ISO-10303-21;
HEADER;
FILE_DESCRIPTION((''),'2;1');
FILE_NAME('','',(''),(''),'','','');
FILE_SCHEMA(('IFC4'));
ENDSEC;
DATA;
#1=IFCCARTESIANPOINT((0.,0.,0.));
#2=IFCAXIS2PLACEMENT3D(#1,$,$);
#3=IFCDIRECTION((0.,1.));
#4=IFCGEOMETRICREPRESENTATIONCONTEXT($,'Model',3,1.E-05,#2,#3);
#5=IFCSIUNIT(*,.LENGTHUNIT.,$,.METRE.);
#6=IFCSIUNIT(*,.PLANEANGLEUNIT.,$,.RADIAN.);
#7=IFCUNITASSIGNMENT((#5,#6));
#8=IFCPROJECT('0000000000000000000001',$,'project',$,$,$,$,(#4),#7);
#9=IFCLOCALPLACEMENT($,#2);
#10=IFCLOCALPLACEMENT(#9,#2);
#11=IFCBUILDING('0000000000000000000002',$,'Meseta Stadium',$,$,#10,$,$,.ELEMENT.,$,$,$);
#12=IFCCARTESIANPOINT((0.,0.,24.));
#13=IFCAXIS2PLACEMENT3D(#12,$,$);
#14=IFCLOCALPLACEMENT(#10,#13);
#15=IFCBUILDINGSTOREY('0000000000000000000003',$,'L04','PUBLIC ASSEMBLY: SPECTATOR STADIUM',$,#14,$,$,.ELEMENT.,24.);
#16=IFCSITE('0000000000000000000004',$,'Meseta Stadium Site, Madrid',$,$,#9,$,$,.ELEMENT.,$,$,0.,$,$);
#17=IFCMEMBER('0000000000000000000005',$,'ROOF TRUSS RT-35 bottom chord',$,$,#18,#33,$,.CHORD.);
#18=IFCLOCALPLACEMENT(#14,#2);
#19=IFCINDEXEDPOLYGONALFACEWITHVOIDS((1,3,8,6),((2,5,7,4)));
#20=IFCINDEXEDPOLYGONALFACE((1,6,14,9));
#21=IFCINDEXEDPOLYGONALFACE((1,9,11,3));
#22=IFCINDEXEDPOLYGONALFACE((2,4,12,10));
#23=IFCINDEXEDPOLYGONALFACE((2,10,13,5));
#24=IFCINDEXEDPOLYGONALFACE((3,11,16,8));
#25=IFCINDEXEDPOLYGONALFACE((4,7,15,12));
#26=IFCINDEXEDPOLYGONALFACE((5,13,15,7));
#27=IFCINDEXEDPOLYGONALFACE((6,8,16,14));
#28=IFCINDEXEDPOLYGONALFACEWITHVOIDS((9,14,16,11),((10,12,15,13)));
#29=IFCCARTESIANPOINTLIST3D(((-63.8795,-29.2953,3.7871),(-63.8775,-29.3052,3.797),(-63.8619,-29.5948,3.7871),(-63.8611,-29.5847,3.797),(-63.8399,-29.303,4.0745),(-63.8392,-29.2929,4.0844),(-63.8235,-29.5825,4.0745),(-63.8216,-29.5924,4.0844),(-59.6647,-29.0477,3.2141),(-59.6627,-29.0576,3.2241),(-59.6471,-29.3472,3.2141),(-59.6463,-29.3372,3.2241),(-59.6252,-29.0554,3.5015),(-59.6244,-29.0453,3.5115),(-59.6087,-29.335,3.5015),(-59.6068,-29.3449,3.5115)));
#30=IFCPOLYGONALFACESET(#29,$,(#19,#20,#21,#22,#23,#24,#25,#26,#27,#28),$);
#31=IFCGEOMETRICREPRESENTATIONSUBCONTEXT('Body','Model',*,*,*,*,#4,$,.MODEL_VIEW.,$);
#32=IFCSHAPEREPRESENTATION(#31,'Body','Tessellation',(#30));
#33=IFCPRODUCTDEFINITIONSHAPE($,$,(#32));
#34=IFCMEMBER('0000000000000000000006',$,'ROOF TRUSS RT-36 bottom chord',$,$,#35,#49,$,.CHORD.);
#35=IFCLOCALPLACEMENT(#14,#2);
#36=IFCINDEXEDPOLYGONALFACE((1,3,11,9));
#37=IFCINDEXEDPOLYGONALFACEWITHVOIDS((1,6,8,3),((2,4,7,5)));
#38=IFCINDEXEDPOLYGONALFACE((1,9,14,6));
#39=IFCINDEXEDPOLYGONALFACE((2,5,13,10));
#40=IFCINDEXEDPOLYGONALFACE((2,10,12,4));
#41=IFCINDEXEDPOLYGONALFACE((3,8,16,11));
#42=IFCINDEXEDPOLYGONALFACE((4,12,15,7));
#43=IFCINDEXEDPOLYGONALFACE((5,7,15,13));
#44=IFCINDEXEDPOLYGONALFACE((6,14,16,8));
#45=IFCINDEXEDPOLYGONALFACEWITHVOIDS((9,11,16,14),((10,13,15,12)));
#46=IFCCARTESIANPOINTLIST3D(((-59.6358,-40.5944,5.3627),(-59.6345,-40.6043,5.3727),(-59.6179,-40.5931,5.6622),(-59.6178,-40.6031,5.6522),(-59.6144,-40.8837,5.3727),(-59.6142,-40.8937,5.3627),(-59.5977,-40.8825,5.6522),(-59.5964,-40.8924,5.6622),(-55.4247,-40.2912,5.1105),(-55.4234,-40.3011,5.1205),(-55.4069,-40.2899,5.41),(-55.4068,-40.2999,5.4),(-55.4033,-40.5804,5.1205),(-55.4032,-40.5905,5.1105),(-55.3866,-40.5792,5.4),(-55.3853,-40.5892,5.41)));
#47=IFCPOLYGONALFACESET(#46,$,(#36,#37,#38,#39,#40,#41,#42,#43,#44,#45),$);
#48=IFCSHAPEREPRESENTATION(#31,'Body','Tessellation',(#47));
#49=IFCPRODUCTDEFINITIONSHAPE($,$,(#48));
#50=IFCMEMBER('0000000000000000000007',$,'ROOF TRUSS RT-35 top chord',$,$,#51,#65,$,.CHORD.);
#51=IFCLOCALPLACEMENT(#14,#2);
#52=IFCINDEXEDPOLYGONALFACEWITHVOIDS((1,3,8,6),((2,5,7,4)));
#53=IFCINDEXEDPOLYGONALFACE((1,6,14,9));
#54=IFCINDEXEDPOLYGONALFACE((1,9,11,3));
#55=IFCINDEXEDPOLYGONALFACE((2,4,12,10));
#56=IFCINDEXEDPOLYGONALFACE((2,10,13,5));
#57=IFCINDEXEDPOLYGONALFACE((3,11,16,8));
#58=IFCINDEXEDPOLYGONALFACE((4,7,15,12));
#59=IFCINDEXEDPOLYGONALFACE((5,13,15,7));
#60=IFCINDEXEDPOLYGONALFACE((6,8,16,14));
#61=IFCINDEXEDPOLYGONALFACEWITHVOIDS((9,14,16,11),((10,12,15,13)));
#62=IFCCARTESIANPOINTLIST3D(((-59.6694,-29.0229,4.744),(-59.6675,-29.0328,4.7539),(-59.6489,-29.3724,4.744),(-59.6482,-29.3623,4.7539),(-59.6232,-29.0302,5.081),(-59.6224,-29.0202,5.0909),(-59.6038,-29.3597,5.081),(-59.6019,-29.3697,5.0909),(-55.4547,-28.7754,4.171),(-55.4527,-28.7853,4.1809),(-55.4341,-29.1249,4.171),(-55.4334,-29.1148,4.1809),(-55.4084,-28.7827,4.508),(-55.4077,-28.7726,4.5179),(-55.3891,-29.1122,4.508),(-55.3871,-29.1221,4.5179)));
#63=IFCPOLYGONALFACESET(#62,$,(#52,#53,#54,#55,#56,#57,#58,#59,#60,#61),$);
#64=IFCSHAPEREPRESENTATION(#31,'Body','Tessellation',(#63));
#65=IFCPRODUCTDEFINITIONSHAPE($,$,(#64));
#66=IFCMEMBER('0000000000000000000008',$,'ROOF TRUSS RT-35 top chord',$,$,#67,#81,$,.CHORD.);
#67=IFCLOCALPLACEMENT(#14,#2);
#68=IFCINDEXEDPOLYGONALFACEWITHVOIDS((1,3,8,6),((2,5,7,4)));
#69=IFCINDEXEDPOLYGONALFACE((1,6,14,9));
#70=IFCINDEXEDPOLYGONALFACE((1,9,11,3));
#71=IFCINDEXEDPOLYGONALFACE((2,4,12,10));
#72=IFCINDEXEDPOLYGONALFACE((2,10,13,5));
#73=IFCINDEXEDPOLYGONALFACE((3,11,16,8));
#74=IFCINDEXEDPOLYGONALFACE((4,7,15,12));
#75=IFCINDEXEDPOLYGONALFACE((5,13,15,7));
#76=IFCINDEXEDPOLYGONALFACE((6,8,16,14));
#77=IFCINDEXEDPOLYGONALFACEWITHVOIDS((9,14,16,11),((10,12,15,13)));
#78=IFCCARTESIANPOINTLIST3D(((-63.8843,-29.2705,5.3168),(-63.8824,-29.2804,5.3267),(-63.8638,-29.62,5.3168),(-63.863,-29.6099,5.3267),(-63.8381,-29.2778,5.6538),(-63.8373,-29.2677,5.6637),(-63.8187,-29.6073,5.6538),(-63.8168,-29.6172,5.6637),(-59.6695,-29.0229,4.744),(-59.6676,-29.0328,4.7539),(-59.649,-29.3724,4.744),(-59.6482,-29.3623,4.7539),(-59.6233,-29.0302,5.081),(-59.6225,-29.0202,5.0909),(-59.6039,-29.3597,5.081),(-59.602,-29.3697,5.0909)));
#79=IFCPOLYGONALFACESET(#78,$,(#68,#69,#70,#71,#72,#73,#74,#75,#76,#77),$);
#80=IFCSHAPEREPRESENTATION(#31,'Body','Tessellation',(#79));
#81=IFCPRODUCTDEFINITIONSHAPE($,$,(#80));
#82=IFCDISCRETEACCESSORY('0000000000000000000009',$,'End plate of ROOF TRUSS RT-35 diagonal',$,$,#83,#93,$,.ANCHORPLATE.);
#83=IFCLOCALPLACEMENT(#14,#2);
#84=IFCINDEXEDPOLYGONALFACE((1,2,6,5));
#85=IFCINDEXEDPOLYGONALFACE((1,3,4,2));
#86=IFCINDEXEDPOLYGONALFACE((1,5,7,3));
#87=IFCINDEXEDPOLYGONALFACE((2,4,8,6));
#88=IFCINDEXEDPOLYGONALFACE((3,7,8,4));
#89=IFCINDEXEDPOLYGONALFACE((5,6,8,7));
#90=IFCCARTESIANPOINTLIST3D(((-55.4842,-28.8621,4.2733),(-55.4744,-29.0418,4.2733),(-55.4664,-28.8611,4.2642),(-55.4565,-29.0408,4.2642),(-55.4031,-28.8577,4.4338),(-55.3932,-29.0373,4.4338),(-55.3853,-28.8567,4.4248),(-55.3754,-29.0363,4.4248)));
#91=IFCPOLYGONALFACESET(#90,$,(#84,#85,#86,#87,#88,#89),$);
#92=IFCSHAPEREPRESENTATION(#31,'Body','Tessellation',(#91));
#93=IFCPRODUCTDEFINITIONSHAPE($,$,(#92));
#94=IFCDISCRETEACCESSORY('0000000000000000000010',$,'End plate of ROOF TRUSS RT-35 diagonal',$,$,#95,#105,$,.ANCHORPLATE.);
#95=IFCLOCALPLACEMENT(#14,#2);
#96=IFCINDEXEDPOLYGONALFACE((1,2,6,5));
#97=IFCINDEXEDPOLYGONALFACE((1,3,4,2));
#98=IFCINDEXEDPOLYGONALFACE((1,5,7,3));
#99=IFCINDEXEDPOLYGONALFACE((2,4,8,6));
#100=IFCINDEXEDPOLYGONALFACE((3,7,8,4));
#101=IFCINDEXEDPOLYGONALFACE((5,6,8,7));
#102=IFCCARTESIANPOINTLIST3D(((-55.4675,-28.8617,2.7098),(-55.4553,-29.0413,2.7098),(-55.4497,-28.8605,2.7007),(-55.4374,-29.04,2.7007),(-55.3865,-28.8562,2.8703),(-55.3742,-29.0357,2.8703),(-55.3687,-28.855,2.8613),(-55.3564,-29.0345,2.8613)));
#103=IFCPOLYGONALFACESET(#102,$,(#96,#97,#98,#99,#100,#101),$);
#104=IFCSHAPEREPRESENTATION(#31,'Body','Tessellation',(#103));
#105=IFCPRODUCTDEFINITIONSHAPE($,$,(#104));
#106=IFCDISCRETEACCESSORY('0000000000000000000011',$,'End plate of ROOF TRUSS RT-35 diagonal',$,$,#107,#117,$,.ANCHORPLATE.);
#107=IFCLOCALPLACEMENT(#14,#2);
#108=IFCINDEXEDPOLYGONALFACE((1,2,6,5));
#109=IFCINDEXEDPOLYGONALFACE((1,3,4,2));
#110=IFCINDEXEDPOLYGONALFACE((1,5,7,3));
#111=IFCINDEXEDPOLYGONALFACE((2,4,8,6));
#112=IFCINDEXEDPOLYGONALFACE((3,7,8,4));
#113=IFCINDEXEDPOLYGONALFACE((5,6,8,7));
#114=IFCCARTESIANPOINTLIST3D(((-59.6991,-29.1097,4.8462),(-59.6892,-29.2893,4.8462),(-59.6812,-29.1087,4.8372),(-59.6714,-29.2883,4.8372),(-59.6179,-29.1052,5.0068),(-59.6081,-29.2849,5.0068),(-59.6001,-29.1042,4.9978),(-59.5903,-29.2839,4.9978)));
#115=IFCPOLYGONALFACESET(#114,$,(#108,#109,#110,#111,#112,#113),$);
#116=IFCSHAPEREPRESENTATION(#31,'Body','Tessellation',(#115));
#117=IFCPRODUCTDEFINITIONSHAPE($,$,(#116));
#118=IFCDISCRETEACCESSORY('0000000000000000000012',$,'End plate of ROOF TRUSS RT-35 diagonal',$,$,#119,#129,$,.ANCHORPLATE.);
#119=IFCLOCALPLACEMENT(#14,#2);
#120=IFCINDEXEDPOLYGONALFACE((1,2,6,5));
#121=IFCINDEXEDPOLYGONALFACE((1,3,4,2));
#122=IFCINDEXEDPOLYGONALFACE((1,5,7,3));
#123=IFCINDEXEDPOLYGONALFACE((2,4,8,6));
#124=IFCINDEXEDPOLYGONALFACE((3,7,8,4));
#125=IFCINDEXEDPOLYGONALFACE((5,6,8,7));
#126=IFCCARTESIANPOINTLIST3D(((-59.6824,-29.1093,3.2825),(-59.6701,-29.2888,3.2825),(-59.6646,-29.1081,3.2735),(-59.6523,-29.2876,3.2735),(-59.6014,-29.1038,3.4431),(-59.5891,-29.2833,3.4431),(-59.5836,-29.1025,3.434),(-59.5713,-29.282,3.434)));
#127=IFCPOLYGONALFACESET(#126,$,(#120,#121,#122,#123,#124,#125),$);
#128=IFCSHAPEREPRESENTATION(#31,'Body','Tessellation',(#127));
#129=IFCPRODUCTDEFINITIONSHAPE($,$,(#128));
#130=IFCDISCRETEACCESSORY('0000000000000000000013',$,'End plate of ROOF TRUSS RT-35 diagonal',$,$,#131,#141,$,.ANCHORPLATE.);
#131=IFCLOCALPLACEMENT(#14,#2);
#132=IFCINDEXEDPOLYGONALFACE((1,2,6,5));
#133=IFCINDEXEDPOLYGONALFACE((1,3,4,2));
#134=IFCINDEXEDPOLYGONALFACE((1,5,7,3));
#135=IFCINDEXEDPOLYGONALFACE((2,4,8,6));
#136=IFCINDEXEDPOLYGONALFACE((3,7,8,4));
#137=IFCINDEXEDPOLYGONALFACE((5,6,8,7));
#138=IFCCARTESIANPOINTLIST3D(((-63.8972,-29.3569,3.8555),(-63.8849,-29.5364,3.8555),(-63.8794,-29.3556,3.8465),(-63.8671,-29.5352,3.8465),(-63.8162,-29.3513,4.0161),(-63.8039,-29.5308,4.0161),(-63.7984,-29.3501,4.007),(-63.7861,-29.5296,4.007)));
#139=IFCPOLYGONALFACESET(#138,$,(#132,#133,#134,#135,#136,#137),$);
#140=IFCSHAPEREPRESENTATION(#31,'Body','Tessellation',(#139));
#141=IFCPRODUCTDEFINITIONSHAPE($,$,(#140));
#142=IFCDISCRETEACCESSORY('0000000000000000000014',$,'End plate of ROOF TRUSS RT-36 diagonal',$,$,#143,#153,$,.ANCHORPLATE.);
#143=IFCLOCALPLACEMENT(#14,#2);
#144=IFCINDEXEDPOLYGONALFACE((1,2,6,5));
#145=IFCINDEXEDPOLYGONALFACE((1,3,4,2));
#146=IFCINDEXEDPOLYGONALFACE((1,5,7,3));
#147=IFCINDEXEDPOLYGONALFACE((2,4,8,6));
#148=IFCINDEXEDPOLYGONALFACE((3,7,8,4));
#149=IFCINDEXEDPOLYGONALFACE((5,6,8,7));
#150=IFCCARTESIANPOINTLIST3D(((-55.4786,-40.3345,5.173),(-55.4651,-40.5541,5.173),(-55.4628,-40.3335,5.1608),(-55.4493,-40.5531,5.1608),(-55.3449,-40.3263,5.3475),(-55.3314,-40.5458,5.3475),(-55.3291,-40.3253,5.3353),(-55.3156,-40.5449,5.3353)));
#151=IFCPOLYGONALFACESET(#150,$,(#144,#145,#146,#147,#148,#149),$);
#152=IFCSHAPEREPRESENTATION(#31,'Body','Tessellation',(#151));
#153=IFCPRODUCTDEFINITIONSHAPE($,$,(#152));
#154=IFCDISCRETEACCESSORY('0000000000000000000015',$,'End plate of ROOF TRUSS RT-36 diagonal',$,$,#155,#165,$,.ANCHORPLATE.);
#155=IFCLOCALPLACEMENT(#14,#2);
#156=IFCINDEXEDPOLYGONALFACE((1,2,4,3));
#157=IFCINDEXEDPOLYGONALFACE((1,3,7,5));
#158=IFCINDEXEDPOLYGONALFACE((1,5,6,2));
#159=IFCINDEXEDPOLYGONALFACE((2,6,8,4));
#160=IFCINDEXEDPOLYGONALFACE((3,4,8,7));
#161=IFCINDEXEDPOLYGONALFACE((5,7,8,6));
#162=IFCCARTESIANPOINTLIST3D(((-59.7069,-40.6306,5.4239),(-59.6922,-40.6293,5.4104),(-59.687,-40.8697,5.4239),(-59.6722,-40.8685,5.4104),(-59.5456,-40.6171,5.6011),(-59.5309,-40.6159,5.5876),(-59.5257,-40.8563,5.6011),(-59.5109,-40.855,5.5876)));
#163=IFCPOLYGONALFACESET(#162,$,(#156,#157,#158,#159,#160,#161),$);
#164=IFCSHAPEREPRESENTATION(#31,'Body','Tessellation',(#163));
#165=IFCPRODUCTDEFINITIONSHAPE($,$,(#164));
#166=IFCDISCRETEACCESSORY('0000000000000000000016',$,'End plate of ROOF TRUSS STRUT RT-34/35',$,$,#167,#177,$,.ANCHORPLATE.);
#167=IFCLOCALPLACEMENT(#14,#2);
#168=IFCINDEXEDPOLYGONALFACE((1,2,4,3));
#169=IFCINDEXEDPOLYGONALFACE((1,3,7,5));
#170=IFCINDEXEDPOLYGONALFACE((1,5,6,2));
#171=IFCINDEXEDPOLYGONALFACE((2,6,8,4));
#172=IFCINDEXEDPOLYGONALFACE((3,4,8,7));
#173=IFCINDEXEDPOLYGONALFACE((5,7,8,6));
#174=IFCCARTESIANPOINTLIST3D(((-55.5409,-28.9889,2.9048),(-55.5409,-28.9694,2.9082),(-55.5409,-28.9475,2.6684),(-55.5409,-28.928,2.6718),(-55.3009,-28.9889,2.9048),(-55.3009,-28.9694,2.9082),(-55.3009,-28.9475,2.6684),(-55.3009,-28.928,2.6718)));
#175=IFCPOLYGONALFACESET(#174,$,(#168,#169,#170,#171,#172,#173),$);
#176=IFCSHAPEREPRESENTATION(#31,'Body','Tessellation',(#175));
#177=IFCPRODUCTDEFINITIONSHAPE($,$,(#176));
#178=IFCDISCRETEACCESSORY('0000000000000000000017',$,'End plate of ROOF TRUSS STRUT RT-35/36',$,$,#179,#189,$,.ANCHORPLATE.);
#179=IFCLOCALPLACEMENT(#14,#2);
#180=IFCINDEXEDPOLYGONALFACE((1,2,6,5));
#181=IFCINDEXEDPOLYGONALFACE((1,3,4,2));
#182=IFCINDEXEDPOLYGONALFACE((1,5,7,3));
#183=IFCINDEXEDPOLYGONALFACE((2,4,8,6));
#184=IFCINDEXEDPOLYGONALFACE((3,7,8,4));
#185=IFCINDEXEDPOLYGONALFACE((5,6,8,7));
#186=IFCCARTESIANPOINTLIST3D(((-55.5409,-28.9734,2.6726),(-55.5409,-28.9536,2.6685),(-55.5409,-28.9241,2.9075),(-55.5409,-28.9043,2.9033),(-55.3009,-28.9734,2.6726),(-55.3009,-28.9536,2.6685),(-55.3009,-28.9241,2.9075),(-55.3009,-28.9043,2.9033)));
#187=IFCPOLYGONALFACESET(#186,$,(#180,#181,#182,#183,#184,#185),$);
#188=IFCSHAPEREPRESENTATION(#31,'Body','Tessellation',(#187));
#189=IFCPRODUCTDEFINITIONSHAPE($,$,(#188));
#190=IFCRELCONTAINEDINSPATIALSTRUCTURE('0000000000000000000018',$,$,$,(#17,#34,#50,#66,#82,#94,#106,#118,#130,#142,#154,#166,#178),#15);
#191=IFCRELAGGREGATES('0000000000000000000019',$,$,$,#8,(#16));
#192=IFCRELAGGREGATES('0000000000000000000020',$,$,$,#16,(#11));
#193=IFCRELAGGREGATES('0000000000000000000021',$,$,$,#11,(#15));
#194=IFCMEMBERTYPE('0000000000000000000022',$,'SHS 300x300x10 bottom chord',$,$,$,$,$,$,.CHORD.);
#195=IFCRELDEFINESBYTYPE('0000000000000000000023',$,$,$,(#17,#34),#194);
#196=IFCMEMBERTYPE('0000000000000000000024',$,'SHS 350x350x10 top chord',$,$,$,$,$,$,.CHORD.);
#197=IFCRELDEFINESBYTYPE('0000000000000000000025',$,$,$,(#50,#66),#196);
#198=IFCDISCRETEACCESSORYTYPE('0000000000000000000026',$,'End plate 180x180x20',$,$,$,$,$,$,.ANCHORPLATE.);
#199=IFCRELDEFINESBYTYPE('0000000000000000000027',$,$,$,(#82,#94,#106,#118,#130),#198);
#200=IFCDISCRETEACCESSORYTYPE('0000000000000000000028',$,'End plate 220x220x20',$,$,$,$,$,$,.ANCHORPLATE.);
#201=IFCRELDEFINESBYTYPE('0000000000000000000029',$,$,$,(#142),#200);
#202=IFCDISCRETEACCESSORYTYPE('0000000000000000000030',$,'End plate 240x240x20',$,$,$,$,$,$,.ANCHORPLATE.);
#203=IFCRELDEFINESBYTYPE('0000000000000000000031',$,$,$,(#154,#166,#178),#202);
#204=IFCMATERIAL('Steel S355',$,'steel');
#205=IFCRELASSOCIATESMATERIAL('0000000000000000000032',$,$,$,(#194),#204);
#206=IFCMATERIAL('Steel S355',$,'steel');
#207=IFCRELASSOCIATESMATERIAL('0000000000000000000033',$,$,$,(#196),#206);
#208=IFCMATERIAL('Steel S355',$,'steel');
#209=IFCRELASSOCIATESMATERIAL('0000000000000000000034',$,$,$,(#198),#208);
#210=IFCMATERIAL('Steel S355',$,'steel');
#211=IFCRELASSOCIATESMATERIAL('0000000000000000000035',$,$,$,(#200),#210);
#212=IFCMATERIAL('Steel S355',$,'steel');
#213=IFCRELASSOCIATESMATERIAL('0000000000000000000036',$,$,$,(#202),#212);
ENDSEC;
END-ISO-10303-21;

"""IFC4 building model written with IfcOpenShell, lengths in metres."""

from ifc_helpers import new_model, si_unit, direction, frame, origin, origin_2d, place, context, subcontext, project, spatial, rectangle, hollow_rectangle, extrude, material, material_profile, profile_set, type_object, element, save


model = new_model("IFC4")

# Units and contexts
model_context = context("Model", 3, precision=1e-05, world=origin(), true_north=direction((0.0, 1.0)))
body_context = subcontext(model_context, "Body", "Model", "MODEL_VIEW")
ifc_project = project(units=[si_unit("LENGTHUNIT", "METRE"), si_unit("PLANEANGLEUNIT", "RADIAN")], contexts=[model_context])

# Site, building, storey
site_placement = place(None, origin())
site = spatial("IfcSite", under=ifc_project, at=site_placement, Name="Meseta Stadium Site, Madrid", CompositionType="ELEMENT", RefElevation=0.0)
building_placement = place(site_placement, origin())
building = spatial("IfcBuilding", under=site, at=building_placement, Name="Meseta Stadium", CompositionType="ELEMENT")
storey_placement = place(building_placement, frame((0.0, 0.0, 24.0)))
storey = spatial("IfcBuildingStorey", under=building, at=storey_placement, Name="L04", Description="PUBLIC ASSEMBLY: SPECTATOR STADIUM", CompositionType="ELEMENT", Elevation=24.0)

# Members
ifc_material_1 = material(Name="Steel S355", Category="steel")
ifc_material_profile_1 = material_profile(ifc_material_1, hollow_rectangle(XDim=0.3, YDim=0.3, WallThickness=0.01, at=origin_2d()), Name="SHS 300x300x10")
ifc_profile_set_1 = profile_set([ifc_material_profile_1], Name="Steel S355")
member_type_1 = type_object("IfcMemberType", Name="SHS 300x300x10 bottom chord", PredefinedType="CHORD", material=ifc_profile_set_1)
for number, where, z_axis, x_axis, name in (
    (1, (-59.6357, -29.1963, 3.3628), (-0.989211, -0.058101, 0.134481), (0.058634, -0.99828, 0.0), "ROOF TRUSS RT-35 bottom chord"),
):
    element("IfcMember", number, at=place(storey_placement, frame(where, z_axis=z_axis, x_axis=x_axis)), inside=storey, type_object=member_type_1, Name=name, PredefinedType="CHORD", context=body_context, shape_type="SweptSolid", body=[
        extrude(hollow_rectangle(XDim=0.3, YDim=0.3, WallThickness=0.01, at=origin_2d()), origin(), (0.0, 0.0, 1.0), 4.2607),
    ])
member_1_placement = place(storey_placement, frame((-55.405, -40.4402, 5.2603), z_axis=(-0.995643, -0.07169, 0.059627), x_axis=(0.071818, -0.997418, 0.0)))
element("IfcMember", 2, at=member_1_placement, inside=storey, type_object=member_type_1, Name="ROOF TRUSS RT-36 bottom chord", PredefinedType="CHORD", context=body_context, shape_type="SweptSolid", body=[
    extrude(hollow_rectangle(XDim=0.3, YDim=0.3, WallThickness=0.01, at=origin_2d()), origin(), (0.0, 0.0, 1.0), 4.2295),
])
ifc_material_2 = material(Name="Steel S355", Category="steel")
ifc_material_profile_2 = material_profile(ifc_material_2, hollow_rectangle(XDim=0.3501, YDim=0.3501, WallThickness=0.01, at=origin_2d()), Name="SHS 350x350x10")
ifc_profile_set_2 = profile_set([ifc_material_profile_2], Name="Steel S355")
member_type_2 = type_object("IfcMemberType", Name="SHS 350x350x10 top chord", PredefinedType="CHORD", material=ifc_profile_set_2)
for number, where, z_axis, x_axis, name in (
    (3, (-55.4209, -28.9487, 4.3445), (-0.989211, -0.058101, 0.134481), (0.058634, -0.99828, 0.0), "ROOF TRUSS RT-35 top chord"),
    (4, (-59.6357, -29.1963, 4.9175), (-0.989219, -0.058102, 0.134425), (0.058634, -0.99828, 0.0), "ROOF TRUSS RT-35 top chord"),
):
    element("IfcMember", number, at=place(storey_placement, frame(where, z_axis=z_axis, x_axis=x_axis)), inside=storey, type_object=member_type_2, Name=name, PredefinedType="CHORD", context=body_context, shape_type="SweptSolid", body=[
        extrude(hollow_rectangle(XDim=0.3501, YDim=0.3501, WallThickness=0.01, at=origin_2d()), origin(), (0.0, 0.0, 1.0), 4.2607),
    ])

# Discrete accessories
ifc_material_3 = material(Name="Steel S355", Category="steel")
ifc_material_profile_3 = material_profile(ifc_material_3, rectangle(XDim=0.1799, YDim=0.1799, at=origin_2d()), Name="PL 180x180")
ifc_profile_set_3 = profile_set([ifc_material_profile_3], Name="Steel S355")
discrete_accessory_type_1 = type_object("IfcDiscreteAccessoryType", Name="End plate 180x180x20", PredefinedType="ANCHORPLATE", material=ifc_profile_set_3)
for number, where, z_axis, x_axis, name in (
    (5, (-55.4209, -28.9487, 4.3445), (-0.890907, -0.048817, 0.451555), (0.054712, -0.998502, 0.0), "End plate of ROOF TRUSS RT-35 diagonal"),
    (6, (-55.4031, -28.9475, 2.781), (-0.89031, -0.06098, 0.451253), (0.068333, -0.997663, 0.0), "End plate of ROOF TRUSS RT-35 diagonal"),
    (7, (-59.6357, -29.1963, 4.9175), (-0.890907, -0.048817, 0.451555), (0.054712, -0.998502, 0.0), "End plate of ROOF TRUSS RT-35 diagonal"),
    (8, (-59.6179, -29.1951, 3.3538), (-0.89031, -0.06098, 0.451253), (0.068333, -0.997663, 0.0), "End plate of ROOF TRUSS RT-35 diagonal"),
    (9, (-63.8328, -29.4426, 3.9268), (-0.89031, -0.06098, 0.451253), (0.068333, -0.997663, 0.0), "End plate of ROOF TRUSS RT-35 diagonal"),
):
    element("IfcDiscreteAccessory", number, at=place(storey_placement, frame(where, z_axis=z_axis, x_axis=x_axis)), inside=storey, type_object=discrete_accessory_type_1, Name=name, PredefinedType="ANCHORPLATE", context=body_context, shape_type="SweptSolid", body=[
        extrude(rectangle(XDim=0.1799, YDim=0.1799, at=origin_2d()), origin(), (0.0, 0.0, 1.0), 0.02),
    ])
ifc_material_4 = material(Name="Steel S355", Category="steel")
ifc_material_profile_4 = material_profile(ifc_material_4, rectangle(XDim=0.22, YDim=0.22, at=origin_2d()), Name="PL 220x220")
ifc_profile_set_4 = profile_set([ifc_material_profile_4], Name="Steel S355")
discrete_accessory_type_2 = type_object("IfcDiscreteAccessoryType", Name="End plate 220x220x20", PredefinedType="ANCHORPLATE", material=ifc_profile_set_4)
discrete_accessory_1_placement = place(storey_placement, frame((-55.3892, -40.4392, 5.248), z_axis=(-0.791683, -0.048719, 0.608987), x_axis=(0.061422, -0.998112, 0.0)))
element("IfcDiscreteAccessory", 10, at=discrete_accessory_1_placement, inside=storey, type_object=discrete_accessory_type_2, Name="End plate of ROOF TRUSS RT-36 diagonal", PredefinedType="ANCHORPLATE", context=body_context, shape_type="SweptSolid", body=[
    extrude(rectangle(XDim=0.22, YDim=0.22, at=origin_2d()), origin(), (0.0, 0.0, 1.0), 0.02),
])
ifc_material_5 = material(Name="Steel S355", Category="steel")
ifc_material_profile_5 = material_profile(ifc_material_5, rectangle(XDim=0.24, YDim=0.24, at=origin_2d()), Name="PL 240x240")
ifc_profile_set_5 = profile_set([ifc_material_profile_5], Name="Steel S355")
discrete_accessory_type_3 = type_object("IfcDiscreteAccessoryType", Name="End plate 240x240x20", PredefinedType="ANCHORPLATE", material=ifc_profile_set_5)
discrete_accessory_2_placement = place(storey_placement, frame((-59.6016, -40.7422, 5.499), z_axis=(-0.735767, -0.061314, 0.674453), x_axis=(0.083045, -0.996546, 0.0)))
element("IfcDiscreteAccessory", 11, at=discrete_accessory_2_placement, inside=storey, type_object=discrete_accessory_type_3, Name="End plate of ROOF TRUSS RT-36 diagonal", PredefinedType="ANCHORPLATE", context=body_context, shape_type="SweptSolid", body=[
    extrude(rectangle(XDim=0.24, YDim=0.24, at=origin_2d()), origin(), (0.0, 0.0, 1.0), 0.02),
])
discrete_accessory_3_placement = place(storey_placement, frame((-55.4209, -28.9487, 2.79), z_axis=(0.0, -0.98503, -0.17238), x_axis=(1.0, 0.0, 0.0)))
element("IfcDiscreteAccessory", 12, at=discrete_accessory_3_placement, inside=storey, type_object=discrete_accessory_type_3, Name="End plate of ROOF TRUSS STRUT RT-34/35", PredefinedType="ANCHORPLATE", context=body_context, shape_type="SweptSolid", body=[
    extrude(rectangle(XDim=0.24, YDim=0.24, at=origin_2d()), origin(), (0.0, 0.0, 1.0), 0.0198),
])
discrete_accessory_4_placement = place(storey_placement, frame((-55.4209, -28.929, 2.7859), z_axis=(0.0, -0.978678, 0.205402), x_axis=(1.0, 0.0, 0.0)))
element("IfcDiscreteAccessory", 13, at=discrete_accessory_4_placement, inside=storey, type_object=discrete_accessory_type_3, Name="End plate of ROOF TRUSS STRUT RT-35/36", PredefinedType="ANCHORPLATE", context=body_context, shape_type="SweptSolid", body=[
    extrude(rectangle(XDim=0.24, YDim=0.24, at=origin_2d()), origin(), (0.0, 0.0, 1.0), 0.0203),
])

save(model, "model.ifc")
